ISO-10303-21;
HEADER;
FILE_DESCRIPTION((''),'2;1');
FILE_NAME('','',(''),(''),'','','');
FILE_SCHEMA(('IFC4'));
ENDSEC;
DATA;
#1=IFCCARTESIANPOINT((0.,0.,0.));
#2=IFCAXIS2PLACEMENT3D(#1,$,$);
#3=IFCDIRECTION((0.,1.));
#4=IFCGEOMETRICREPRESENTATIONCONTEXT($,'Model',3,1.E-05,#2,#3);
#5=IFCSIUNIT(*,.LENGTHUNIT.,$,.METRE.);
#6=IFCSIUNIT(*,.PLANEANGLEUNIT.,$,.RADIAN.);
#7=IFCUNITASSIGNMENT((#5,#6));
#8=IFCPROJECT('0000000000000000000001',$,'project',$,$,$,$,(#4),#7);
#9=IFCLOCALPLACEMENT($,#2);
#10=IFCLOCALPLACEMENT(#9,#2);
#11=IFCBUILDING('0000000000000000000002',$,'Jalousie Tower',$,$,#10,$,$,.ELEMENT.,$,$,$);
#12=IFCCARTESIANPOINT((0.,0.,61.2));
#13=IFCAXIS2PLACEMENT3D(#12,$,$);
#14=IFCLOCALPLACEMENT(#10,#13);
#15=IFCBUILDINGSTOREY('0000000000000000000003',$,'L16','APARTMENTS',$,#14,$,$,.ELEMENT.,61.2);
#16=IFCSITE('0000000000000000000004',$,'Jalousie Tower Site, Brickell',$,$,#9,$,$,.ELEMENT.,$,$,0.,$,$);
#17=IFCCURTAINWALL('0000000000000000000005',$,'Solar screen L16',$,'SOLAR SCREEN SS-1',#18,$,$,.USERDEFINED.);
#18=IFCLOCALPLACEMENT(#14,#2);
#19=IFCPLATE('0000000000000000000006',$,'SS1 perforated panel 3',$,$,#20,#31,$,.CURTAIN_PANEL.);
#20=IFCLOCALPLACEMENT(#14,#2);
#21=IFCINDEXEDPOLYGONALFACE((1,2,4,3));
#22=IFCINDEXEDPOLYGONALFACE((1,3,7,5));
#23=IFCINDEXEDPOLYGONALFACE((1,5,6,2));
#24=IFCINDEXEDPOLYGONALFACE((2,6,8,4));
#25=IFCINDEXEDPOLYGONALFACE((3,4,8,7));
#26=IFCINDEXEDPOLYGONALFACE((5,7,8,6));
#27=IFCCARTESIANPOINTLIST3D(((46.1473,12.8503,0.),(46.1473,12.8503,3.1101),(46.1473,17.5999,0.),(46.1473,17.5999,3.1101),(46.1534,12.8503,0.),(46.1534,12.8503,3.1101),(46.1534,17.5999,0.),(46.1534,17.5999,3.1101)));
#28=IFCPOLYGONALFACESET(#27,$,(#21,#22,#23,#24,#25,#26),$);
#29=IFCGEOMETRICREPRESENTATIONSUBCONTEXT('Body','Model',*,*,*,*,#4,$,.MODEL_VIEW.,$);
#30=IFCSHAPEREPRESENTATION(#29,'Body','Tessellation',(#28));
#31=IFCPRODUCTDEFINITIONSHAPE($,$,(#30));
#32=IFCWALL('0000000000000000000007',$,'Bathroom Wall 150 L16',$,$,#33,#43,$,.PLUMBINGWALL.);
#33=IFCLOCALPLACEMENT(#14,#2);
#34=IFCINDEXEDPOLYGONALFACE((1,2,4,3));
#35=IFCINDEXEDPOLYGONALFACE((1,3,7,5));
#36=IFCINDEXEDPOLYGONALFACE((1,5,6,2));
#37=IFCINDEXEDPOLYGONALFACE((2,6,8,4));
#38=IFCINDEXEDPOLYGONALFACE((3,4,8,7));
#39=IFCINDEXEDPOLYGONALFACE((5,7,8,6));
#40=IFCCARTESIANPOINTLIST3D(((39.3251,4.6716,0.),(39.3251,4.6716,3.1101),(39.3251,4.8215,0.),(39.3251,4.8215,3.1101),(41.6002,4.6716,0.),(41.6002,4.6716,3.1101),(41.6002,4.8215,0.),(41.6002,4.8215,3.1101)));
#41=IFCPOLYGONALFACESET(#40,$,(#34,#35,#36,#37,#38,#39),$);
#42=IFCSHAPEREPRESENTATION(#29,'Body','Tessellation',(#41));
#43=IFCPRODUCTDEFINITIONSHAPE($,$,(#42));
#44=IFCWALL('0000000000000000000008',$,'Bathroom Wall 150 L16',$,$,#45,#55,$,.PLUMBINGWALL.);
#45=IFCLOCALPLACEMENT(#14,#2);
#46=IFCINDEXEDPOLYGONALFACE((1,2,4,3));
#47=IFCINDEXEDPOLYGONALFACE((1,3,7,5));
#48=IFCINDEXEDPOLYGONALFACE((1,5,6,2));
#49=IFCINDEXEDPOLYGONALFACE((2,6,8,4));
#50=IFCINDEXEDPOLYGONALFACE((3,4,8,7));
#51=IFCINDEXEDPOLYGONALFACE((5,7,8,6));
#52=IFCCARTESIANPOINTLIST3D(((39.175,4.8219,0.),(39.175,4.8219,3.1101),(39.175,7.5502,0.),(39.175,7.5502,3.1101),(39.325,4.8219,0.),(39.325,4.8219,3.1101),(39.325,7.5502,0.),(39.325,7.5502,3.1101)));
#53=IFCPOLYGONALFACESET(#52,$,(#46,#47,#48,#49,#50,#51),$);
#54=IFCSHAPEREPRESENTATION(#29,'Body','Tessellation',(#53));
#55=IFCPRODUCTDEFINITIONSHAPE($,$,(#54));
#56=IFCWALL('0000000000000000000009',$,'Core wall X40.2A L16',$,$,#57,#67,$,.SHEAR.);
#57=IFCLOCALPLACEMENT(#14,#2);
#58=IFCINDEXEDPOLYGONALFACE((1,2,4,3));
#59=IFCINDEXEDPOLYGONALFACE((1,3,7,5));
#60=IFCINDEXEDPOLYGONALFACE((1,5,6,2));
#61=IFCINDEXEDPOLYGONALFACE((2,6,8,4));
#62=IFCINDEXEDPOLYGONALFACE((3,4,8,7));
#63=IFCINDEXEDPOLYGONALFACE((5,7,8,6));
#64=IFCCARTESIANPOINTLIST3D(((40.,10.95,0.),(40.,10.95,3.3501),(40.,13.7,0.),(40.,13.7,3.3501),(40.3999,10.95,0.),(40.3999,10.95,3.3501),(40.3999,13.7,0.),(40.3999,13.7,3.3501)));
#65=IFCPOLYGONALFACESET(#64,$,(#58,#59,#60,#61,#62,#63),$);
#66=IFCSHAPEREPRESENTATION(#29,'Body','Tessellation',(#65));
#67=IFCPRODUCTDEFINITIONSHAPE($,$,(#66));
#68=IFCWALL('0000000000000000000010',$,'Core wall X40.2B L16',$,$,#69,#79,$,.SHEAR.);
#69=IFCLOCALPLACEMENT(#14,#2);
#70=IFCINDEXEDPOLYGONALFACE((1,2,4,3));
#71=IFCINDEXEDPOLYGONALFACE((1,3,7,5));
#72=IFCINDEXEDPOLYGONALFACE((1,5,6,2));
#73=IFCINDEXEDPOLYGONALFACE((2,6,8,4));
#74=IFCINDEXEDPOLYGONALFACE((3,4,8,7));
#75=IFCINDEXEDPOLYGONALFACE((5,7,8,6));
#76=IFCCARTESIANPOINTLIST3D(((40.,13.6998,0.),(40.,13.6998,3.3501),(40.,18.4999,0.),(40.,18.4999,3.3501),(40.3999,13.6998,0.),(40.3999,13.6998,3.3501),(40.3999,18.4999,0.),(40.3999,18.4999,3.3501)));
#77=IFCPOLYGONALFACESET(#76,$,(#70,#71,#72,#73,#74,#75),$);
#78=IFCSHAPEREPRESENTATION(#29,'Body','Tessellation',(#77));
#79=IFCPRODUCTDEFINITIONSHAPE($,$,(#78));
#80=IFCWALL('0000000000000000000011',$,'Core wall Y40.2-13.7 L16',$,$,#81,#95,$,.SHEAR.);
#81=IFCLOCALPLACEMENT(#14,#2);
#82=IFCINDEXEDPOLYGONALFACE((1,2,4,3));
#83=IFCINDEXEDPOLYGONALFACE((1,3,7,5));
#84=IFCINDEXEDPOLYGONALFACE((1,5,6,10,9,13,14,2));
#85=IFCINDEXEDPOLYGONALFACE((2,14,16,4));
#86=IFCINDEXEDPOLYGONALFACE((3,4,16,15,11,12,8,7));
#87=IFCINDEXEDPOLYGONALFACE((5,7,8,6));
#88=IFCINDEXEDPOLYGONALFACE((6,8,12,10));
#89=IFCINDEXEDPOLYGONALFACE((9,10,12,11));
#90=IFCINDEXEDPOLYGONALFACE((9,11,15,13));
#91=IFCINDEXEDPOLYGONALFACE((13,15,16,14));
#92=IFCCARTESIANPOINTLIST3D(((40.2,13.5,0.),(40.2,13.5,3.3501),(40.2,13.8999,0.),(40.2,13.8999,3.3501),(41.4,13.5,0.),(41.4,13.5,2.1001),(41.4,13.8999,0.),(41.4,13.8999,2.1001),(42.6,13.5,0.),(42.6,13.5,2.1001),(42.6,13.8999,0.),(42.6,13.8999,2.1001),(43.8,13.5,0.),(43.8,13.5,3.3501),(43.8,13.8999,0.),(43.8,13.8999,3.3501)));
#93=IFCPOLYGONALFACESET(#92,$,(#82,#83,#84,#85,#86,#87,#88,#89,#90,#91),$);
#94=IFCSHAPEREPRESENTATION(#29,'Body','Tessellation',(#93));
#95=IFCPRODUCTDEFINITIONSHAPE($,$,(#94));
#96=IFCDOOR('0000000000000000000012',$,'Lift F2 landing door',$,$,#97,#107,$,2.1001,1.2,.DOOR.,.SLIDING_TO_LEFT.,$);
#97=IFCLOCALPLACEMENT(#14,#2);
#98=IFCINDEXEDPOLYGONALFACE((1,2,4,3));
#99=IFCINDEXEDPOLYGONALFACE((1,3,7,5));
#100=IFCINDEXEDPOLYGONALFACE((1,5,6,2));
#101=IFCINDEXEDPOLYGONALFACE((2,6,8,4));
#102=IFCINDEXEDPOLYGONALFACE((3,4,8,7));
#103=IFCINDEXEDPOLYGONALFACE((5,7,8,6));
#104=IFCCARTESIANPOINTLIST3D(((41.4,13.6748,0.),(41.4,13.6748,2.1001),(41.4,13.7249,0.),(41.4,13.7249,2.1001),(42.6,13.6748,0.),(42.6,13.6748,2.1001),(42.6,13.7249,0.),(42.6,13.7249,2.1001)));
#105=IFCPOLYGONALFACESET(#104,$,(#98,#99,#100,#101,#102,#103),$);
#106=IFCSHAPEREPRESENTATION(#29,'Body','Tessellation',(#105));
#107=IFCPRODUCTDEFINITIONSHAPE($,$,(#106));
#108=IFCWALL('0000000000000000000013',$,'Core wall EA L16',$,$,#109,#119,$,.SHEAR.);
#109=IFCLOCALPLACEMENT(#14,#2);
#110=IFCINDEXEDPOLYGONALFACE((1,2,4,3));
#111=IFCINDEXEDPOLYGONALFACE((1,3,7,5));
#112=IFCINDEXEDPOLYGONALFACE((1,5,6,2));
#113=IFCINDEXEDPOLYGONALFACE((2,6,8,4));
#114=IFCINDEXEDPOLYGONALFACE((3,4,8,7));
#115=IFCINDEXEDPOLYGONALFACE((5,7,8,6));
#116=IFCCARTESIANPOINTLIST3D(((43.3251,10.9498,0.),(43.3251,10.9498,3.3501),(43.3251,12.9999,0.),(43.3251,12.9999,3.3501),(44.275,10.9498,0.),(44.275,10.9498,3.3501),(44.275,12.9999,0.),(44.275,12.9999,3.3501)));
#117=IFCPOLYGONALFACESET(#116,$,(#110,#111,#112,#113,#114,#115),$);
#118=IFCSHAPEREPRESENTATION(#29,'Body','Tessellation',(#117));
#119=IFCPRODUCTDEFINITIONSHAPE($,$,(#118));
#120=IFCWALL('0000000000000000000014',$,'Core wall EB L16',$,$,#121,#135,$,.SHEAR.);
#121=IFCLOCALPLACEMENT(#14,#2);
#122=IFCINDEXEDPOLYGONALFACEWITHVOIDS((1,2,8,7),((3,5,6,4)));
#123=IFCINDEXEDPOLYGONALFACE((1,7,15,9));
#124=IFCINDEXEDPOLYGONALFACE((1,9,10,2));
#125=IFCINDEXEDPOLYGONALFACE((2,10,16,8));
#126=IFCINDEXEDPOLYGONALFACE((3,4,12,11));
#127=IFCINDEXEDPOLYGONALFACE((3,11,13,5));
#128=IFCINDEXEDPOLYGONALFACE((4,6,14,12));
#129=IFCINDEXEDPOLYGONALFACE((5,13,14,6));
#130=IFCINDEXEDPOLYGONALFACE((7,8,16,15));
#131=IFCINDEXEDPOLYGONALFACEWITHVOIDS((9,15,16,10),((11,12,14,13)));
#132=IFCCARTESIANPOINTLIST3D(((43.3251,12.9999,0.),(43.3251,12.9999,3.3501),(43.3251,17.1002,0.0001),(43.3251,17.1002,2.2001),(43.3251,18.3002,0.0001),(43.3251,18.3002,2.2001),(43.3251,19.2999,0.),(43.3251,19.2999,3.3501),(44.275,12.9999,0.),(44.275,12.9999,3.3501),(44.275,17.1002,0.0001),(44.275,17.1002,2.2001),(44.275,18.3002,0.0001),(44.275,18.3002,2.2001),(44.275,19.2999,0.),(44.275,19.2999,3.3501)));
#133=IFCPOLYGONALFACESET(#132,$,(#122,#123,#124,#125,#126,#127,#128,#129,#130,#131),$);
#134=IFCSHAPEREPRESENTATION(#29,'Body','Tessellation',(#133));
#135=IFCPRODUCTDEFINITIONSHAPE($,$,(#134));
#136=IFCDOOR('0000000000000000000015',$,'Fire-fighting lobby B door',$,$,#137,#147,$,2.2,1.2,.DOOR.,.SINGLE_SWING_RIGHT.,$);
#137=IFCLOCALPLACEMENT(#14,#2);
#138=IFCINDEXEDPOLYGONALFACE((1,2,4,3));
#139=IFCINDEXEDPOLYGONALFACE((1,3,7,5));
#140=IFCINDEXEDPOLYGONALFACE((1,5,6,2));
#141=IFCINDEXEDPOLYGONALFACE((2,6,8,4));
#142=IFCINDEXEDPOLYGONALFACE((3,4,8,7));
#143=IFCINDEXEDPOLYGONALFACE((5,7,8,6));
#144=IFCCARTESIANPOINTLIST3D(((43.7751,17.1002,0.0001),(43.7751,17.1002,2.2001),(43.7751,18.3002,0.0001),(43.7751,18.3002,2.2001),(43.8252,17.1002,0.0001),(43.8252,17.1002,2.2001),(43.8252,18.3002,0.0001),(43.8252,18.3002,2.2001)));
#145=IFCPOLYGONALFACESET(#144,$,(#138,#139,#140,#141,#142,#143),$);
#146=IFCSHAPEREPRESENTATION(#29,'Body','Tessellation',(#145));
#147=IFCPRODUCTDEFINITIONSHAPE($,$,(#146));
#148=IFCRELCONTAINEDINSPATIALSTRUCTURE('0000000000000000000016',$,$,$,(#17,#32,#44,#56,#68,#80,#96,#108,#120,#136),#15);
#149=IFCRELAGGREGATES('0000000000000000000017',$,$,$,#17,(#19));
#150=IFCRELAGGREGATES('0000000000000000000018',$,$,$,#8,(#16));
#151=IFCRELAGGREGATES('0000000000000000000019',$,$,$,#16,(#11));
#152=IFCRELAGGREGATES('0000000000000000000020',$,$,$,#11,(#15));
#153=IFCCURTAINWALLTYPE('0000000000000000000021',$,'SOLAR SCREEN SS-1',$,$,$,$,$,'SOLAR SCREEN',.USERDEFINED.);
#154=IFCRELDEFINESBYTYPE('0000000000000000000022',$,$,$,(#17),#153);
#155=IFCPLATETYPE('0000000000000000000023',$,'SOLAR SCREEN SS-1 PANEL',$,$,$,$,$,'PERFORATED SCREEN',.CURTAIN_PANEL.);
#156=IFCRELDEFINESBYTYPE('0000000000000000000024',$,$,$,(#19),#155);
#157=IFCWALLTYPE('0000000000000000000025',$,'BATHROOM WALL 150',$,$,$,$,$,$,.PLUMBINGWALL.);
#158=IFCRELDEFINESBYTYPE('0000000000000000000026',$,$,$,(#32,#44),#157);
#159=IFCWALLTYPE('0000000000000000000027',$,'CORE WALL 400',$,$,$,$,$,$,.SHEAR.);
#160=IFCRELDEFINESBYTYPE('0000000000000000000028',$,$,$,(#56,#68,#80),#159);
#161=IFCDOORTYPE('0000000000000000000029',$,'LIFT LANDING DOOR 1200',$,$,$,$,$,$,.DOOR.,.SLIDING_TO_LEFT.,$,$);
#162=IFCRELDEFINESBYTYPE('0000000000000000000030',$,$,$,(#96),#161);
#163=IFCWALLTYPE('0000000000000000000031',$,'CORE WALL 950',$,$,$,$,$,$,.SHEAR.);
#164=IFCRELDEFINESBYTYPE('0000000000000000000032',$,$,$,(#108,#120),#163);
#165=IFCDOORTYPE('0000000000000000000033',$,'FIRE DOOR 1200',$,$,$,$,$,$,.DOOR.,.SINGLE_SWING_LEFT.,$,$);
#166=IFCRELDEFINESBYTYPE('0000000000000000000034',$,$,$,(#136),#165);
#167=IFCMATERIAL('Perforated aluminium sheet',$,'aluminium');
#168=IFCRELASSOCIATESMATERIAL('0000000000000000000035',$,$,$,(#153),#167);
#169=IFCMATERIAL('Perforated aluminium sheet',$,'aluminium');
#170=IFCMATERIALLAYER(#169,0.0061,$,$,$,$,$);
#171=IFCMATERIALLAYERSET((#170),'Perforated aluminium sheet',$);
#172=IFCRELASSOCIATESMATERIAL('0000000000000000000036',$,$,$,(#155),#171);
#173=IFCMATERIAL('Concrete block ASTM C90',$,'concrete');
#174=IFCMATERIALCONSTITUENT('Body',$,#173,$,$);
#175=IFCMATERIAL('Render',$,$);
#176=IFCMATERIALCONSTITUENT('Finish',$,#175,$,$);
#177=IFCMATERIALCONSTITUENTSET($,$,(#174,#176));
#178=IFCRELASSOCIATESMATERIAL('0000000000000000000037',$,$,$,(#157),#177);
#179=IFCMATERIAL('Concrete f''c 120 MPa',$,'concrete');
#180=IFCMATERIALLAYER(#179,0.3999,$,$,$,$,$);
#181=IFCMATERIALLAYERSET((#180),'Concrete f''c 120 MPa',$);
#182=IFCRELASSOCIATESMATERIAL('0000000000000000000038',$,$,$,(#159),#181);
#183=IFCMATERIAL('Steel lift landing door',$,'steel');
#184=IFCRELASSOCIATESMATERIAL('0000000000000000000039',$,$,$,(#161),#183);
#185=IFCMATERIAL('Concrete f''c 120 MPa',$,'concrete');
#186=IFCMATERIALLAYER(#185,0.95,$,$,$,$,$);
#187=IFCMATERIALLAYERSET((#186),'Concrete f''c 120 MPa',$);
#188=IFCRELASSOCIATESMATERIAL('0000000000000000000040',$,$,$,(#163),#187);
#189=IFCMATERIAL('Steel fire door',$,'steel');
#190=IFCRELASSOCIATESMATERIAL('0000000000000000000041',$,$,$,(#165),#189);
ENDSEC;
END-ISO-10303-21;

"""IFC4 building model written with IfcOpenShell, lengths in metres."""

from ifc_helpers import new_model, si_unit, direction, frame, frame_2d, origin, origin_2d, place, context, subcontext, project, spatial, rectangle, extrude, material, layer, layer_set, constituent, constituent_set, type_object, element, fill, aggregate, save


model = new_model("IFC4")

# Units and contexts
model_context = context("Model", 3, precision=1e-05, world=origin(), true_north=direction((0.0, 1.0)))
body_context = subcontext(model_context, "Body", "Model", "MODEL_VIEW")
ifc_project = project(units=[si_unit("LENGTHUNIT", "METRE"), si_unit("PLANEANGLEUNIT", "RADIAN")], contexts=[model_context])

# Site, building, storey
site_placement = place(None, origin())
site = spatial("IfcSite", under=ifc_project, at=site_placement, Name="Jalousie Tower Site, Brickell", CompositionType="ELEMENT", RefElevation=0.0)
building_placement = place(site_placement, origin())
building = spatial("IfcBuilding", under=site, at=building_placement, Name="Jalousie Tower", CompositionType="ELEMENT")
storey_placement = place(building_placement, frame((0.0, 0.0, 61.2)))
storey = spatial("IfcBuildingStorey", under=building, at=storey_placement, Name="L16", Description="APARTMENTS", CompositionType="ELEMENT", Elevation=61.2)

# Curtain wall, plate
ifc_material_1 = material(Name="Perforated aluminium sheet", Category="aluminium")
curtain_wall_type = type_object("IfcCurtainWallType", Name="SOLAR SCREEN SS-1", ElementType="SOLAR SCREEN", PredefinedType="USERDEFINED", material=ifc_material_1)
curtain_wall_placement = place(storey_placement, origin())
curtain_wall = element("IfcCurtainWall", 1, at=curtain_wall_placement, inside=storey, type_object=curtain_wall_type, Name="Solar screen L16", ObjectType="SOLAR SCREEN SS-1", PredefinedType="USERDEFINED")
ifc_material_2 = material(Name="Perforated aluminium sheet", Category="aluminium")
ifc_layer_1 = layer(ifc_material_2, 0.0061)
ifc_layer_set_1 = layer_set([ifc_layer_1], Name="Perforated aluminium sheet")
plate_type = type_object("IfcPlateType", Name="SOLAR SCREEN SS-1 PANEL", ElementType="PERFORATED SCREEN", PredefinedType="CURTAIN_PANEL", material=ifc_layer_set_1)
plate_1_placement = place(storey_placement, frame((46.1504, 15.2251, 0.0), z_axis=(0.0, 0.0, 1.0), x_axis=(0.0, 1.0, 0.0)))
plate_1 = element("IfcPlate", 2, at=plate_1_placement, type_object=plate_type, Name="SS1 perforated panel 3", PredefinedType="CURTAIN_PANEL", context=body_context, shape_type="SweptSolid", body=[
    extrude(rectangle(XDim=4.7495, YDim=0.0061, at=origin_2d()), origin(), (0.0, 0.0, 1.0), 3.1101),
])
aggregate(curtain_wall, [plate_1])

# Walls
ifc_material_3 = material(Name="Concrete block ASTM C90", Category="concrete")
ifc_constituent_1 = constituent(ifc_material_3, Name="Body")
ifc_material_4 = material(Name="Render")
ifc_constituent_2 = constituent(ifc_material_4, Name="Finish")
ifc_constituent_set_1 = constituent_set(constituents=[ifc_constituent_1, ifc_constituent_2])
wall_type_1 = type_object("IfcWallType", Name="BATHROOM WALL 150", PredefinedType="PLUMBINGWALL", material=ifc_constituent_set_1)
wall_1_placement = place(storey_placement, frame((39.325, 4.7466, 0.0), z_axis=(0.0, 0.0, 1.0), x_axis=(1.0, 0.0, 0.0)))
element("IfcWall", 3, at=wall_1_placement, inside=storey, type_object=wall_type_1, Name="Bathroom Wall 150 L16", PredefinedType="PLUMBINGWALL", context=body_context, shape_type="SweptSolid", body=[
    extrude(rectangle(XDim=2.2751, YDim=0.1499, at=frame_2d((1.1377, 0.0))), origin(), (0.0, 0.0, 1.0), 3.1101),
])
wall_2_placement = place(storey_placement, frame((39.25, 4.8218, 0.0), z_axis=(0.0, 0.0, 1.0), x_axis=(0.0, 1.0, 0.0)))
element("IfcWall", 4, at=wall_2_placement, inside=storey, type_object=wall_type_1, Name="Bathroom Wall 150 L16", PredefinedType="PLUMBINGWALL", context=body_context, shape_type="SweptSolid", body=[
    extrude(rectangle(XDim=2.7283, YDim=0.1499, at=frame_2d((1.3643, 0.0))), origin(), (0.0, 0.0, 1.0), 3.1101),
])
ifc_material_5 = material(Name="Concrete f'c 120 MPa", Category="concrete")
ifc_layer_2 = layer(ifc_material_5, 0.3999)
ifc_layer_set_2 = layer_set([ifc_layer_2], Name="Concrete f'c 120 MPa")
wall_type_2 = type_object("IfcWallType", Name="CORE WALL 400", PredefinedType="SHEAR", material=ifc_layer_set_2)
wall_3_placement = place(storey_placement, frame((40.2, 10.95, 0.0), z_axis=(0.0, 0.0, 1.0), x_axis=(0.0, 1.0, 0.0)))
element("IfcWall", 5, at=wall_3_placement, inside=storey, type_object=wall_type_2, Name="Core wall X40.2A L16", PredefinedType="SHEAR", context=body_context, shape_type="SweptSolid", body=[
    extrude(rectangle(XDim=2.75, YDim=0.3999, at=frame_2d((1.375, 0.0))), origin(), (0.0, 0.0, 1.0), 3.3501),
])
wall_4_placement = place(storey_placement, frame((40.2, 13.7, 0.0), z_axis=(0.0, 0.0, 1.0), x_axis=(0.0, 1.0, 0.0)))
element("IfcWall", 6, at=wall_4_placement, inside=storey, type_object=wall_type_2, Name="Core wall X40.2B L16", PredefinedType="SHEAR", context=body_context, shape_type="SweptSolid", body=[
    extrude(rectangle(XDim=4.8, YDim=0.3999, at=frame_2d((2.3999, 0.0))), origin(), (0.0, 0.0, 1.0), 3.3501),
])

# Wall, opening, door
wall_5_placement = place(storey_placement, frame((40.2, 13.7, 0.0), z_axis=(0.0, 0.0, 1.0), x_axis=(1.0, 0.0, 0.0)))
wall_5 = element("IfcWall", 7, at=wall_5_placement, inside=storey, type_object=wall_type_2, Name="Core wall Y40.2-13.7 L16", PredefinedType="SHEAR", context=body_context, shape_type="SweptSolid", body=[
    extrude(rectangle(XDim=3.6001, YDim=0.3999, at=frame_2d((1.8, 0.0))), origin(), (0.0, 0.0, 1.0), 3.3501),
])
opening_1_placement = place(wall_5_placement, frame((1.2, 0.0, 0.0)))
opening_1 = element("IfcOpeningElement", 8, at=opening_1_placement, cuts=wall_5, PredefinedType="OPENING", context=body_context, shape_type="SweptSolid", body=[
    extrude(rectangle(XDim=1.2, YDim=2.1001, at=frame_2d((0.6001, 1.05))), frame((0.0, 0.21, 0.0), z_axis=(0.0, -1.0, 0.0), x_axis=(1.0, 0.0, 0.0)), (0.0, 0.0, 1.0), 0.4199),
])
ifc_material_6 = material(Name="Steel lift landing door", Category="steel")
door_type_1 = type_object("IfcDoorType", Name="LIFT LANDING DOOR 1200", OperationType="SLIDING_TO_LEFT", PredefinedType="DOOR", material=ifc_material_6)
door_1_placement = place(opening_1_placement, origin())
door_1 = element("IfcDoor", 9, at=door_1_placement, inside=storey, type_object=door_type_1, Name="Lift F2 landing door", OperationType="SLIDING_TO_LEFT", OverallHeight=2.1001, OverallWidth=1.2, PredefinedType="DOOR", context=body_context, shape_type="SweptSolid", body=[
    extrude(rectangle(XDim=1.2, YDim=2.1001, at=frame_2d((0.6001, 1.05))), frame((0.0, 0.0249, 0.0), z_axis=(0.0, -1.0, 0.0), x_axis=(1.0, 0.0, 0.0)), (0.0, 0.0, 1.0), 0.05),
])
fill(opening_1, door_1)

# Wall
ifc_material_7 = material(Name="Concrete f'c 120 MPa", Category="concrete")
ifc_layer_3 = layer(ifc_material_7, 0.95)
ifc_layer_set_3 = layer_set([ifc_layer_3], Name="Concrete f'c 120 MPa")
wall_type_3 = type_object("IfcWallType", Name="CORE WALL 950", PredefinedType="SHEAR", material=ifc_layer_set_3)
wall_6_placement = place(storey_placement, frame((43.8, 10.95, 0.0), z_axis=(0.0, 0.0, 1.0), x_axis=(0.0, 1.0, 0.0)))
element("IfcWall", 10, at=wall_6_placement, inside=storey, type_object=wall_type_3, Name="Core wall EA L16", PredefinedType="SHEAR", context=body_context, shape_type="SweptSolid", body=[
    extrude(rectangle(XDim=2.05, YDim=0.95, at=frame_2d((1.0249, 0.0))), origin(), (0.0, 0.0, 1.0), 3.3501),
])

# Wall, opening, door
wall_7_placement = place(storey_placement, frame((43.8, 13.0, 0.0), z_axis=(0.0, 0.0, 1.0), x_axis=(0.0, 1.0, 0.0)))
wall_7 = element("IfcWall", 11, at=wall_7_placement, inside=storey, type_object=wall_type_3, Name="Core wall EB L16", PredefinedType="SHEAR", context=body_context, shape_type="SweptSolid", body=[
    extrude(rectangle(XDim=6.3, YDim=0.95, at=frame_2d((3.1499, 0.0))), origin(), (0.0, 0.0, 1.0), 3.3501),
])
opening_2_placement = place(wall_7_placement, frame((4.1001, 0.0, 0.0)))
opening_2 = element("IfcOpeningElement", 12, at=opening_2_placement, cuts=wall_7, PredefinedType="OPENING", context=body_context, shape_type="SweptSolid", body=[
    extrude(rectangle(XDim=1.2, YDim=2.2, at=frame_2d((0.6001, 1.1001))), frame((0.0, 0.4849, 0.0), z_axis=(0.0, -1.0, 0.0), x_axis=(1.0, 0.0, 0.0)), (0.0, 0.0, 1.0), 0.97),
])
ifc_material_8 = material(Name="Steel fire door", Category="steel")
door_type_2 = type_object("IfcDoorType", Name="FIRE DOOR 1200", OperationType="SINGLE_SWING_LEFT", PredefinedType="DOOR", material=ifc_material_8)
door_2_placement = place(opening_2_placement, origin())
door_2 = element("IfcDoor", 13, at=door_2_placement, inside=storey, type_object=door_type_2, Name="Fire-fighting lobby B door", OperationType="SINGLE_SWING_RIGHT", OverallHeight=2.2, OverallWidth=1.2, PredefinedType="DOOR", context=body_context, shape_type="SweptSolid", body=[
    extrude(rectangle(XDim=1.2, YDim=2.2, at=frame_2d((0.6001, 1.1001))), frame((0.0, 0.0249, 0.0), z_axis=(0.0, -1.0, 0.0), x_axis=(1.0, 0.0, 0.0)), (0.0, 0.0, 1.0), 0.05),
])
fill(opening_2, door_2)

save(model, "model.ifc")
